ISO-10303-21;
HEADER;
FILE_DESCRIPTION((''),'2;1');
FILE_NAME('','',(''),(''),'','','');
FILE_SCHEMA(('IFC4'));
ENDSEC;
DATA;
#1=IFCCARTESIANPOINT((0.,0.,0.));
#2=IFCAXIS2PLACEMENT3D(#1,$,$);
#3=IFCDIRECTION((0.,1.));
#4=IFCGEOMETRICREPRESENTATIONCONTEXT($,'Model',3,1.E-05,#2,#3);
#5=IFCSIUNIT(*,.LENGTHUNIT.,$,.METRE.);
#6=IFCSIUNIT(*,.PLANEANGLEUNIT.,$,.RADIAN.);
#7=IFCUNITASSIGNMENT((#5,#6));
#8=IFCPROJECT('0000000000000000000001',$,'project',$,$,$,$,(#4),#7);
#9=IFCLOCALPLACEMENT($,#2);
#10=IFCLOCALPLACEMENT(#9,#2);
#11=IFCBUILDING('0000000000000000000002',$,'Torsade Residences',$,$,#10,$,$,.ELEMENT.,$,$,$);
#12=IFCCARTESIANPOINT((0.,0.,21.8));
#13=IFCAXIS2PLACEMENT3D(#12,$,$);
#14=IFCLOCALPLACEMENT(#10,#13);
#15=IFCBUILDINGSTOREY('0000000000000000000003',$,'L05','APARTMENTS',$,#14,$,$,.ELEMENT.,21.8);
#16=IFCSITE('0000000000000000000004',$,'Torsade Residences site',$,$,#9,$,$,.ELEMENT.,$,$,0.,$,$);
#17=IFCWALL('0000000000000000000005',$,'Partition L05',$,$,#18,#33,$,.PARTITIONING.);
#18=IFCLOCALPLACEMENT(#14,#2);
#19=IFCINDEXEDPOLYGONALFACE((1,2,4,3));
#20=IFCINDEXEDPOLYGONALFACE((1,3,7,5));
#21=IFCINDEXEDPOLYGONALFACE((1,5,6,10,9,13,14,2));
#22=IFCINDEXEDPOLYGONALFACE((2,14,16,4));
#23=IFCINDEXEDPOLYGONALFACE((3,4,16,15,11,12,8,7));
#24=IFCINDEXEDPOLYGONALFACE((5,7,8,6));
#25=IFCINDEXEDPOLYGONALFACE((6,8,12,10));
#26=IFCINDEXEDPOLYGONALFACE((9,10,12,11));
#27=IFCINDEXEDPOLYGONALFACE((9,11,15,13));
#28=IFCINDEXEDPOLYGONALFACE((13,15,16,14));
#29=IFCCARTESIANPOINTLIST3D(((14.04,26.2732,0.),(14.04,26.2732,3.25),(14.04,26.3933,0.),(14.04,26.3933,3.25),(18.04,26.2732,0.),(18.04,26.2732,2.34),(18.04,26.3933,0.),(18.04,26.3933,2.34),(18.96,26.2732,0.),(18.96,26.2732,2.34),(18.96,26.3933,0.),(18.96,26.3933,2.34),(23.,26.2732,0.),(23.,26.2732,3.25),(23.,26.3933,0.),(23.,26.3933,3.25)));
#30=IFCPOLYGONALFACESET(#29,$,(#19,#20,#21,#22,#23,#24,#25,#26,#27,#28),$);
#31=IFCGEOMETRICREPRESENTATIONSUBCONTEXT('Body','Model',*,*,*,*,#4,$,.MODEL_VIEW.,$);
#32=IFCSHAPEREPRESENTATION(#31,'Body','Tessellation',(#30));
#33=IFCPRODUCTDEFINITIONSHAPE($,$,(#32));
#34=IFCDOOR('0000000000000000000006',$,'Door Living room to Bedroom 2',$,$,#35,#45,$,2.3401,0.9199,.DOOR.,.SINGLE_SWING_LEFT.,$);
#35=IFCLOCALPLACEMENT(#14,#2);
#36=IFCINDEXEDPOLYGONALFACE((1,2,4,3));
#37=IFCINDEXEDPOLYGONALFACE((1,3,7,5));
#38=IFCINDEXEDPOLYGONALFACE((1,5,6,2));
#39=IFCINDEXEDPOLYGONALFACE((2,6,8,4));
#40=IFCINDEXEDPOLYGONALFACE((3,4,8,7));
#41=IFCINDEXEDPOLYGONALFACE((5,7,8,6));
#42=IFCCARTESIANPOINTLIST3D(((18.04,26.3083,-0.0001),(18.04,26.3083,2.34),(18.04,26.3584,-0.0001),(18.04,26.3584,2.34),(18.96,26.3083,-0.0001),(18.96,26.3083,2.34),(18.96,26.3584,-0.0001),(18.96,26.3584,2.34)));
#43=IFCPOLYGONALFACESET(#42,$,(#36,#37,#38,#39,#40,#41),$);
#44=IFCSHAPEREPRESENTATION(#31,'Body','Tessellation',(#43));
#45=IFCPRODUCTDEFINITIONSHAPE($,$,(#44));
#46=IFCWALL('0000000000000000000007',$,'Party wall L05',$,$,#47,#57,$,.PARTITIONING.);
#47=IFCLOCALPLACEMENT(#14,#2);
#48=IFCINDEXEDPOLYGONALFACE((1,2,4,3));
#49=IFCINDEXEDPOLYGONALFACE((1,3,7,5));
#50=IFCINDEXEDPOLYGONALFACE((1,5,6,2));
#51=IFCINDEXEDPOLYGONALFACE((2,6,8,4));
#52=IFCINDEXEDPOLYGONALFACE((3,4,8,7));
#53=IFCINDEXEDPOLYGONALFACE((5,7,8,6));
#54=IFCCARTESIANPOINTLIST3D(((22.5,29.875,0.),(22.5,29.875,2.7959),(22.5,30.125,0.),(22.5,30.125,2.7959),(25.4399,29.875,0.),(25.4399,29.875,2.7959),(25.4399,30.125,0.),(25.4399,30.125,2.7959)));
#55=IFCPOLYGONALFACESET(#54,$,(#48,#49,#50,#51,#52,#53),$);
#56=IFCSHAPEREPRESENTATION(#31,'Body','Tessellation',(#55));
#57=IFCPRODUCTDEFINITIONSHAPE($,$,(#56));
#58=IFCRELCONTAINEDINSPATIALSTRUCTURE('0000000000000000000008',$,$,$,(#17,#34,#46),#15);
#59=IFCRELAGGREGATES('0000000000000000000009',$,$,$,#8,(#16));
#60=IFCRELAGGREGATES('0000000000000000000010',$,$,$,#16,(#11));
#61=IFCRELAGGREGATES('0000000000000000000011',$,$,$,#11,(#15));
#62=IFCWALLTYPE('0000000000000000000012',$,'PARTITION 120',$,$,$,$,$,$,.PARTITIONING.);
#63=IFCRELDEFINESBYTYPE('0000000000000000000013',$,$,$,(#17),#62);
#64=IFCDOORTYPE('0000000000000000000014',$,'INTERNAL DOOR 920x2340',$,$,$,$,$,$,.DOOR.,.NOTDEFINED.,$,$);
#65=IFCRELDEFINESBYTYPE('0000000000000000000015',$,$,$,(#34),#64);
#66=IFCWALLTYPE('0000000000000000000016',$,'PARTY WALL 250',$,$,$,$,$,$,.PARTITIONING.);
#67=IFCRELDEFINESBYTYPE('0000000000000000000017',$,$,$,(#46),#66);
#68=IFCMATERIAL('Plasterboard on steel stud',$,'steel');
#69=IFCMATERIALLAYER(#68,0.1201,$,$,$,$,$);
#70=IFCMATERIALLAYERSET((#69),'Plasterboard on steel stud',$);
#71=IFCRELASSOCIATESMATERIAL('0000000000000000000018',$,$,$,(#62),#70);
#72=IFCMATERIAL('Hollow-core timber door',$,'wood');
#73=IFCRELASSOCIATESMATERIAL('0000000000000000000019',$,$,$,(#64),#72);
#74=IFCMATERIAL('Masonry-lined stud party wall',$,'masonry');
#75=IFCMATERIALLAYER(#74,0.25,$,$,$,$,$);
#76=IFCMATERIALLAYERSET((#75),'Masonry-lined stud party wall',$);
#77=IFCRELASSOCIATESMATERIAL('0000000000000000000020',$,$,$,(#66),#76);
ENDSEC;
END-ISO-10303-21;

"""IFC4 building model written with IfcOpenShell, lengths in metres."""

from ifc_helpers import new_model, si_unit, direction, frame, frame_2d, origin, place, context, subcontext, project, spatial, rectangle, extrude, material, layer, layer_set, type_object, element, fill, save


model = new_model("IFC4")

# Units and contexts
model_context = context("Model", 3, precision=1e-05, world=origin(), true_north=direction((0.0, 1.0)))
body_context = subcontext(model_context, "Body", "Model", "MODEL_VIEW")
ifc_project = project(units=[si_unit("LENGTHUNIT", "METRE"), si_unit("PLANEANGLEUNIT", "RADIAN")], contexts=[model_context])

# Site, building, storey
site_placement = place(None, origin())
site = spatial("IfcSite", under=ifc_project, at=site_placement, Name="Torsade Residences site", CompositionType="ELEMENT", RefElevation=0.0)
building_placement = place(site_placement, origin())
building = spatial("IfcBuilding", under=site, at=building_placement, Name="Torsade Residences", CompositionType="ELEMENT")
storey_placement = place(building_placement, frame((0.0, 0.0, 21.8)))
storey = spatial("IfcBuildingStorey", under=building, at=storey_placement, Name="L05", Description="APARTMENTS", CompositionType="ELEMENT", Elevation=21.8)

# Shared definitions
ifc_material_1 = material(Name="Plasterboard on steel stud", Category="steel")
ifc_layer_1 = layer(ifc_material_1, 0.1201)
ifc_layer_set_1 = layer_set([ifc_layer_1], Name="Plasterboard on steel stud")
wall_type_1 = type_object("IfcWallType", Name="PARTITION 120", PredefinedType="PARTITIONING", material=ifc_layer_set_1)

# Shared definitions
ifc_material_2 = material(Name="Hollow-core timber door", Category="wood")
door_type_1 = type_object("IfcDoorType", Name="INTERNAL DOOR 920x2340", OperationType="NOTDEFINED", PredefinedType="DOOR", material=ifc_material_2)

# Wall, opening, door
wall_1_placement = place(storey_placement, frame((23.0, 26.3333, 0.0), z_axis=(0.0, 0.0, 1.0), x_axis=(-1.0, 0.0, 0.0)))
wall_1 = element("IfcWall", 1, at=wall_1_placement, inside=storey, type_object=wall_type_1, Name="Partition L05", PredefinedType="PARTITIONING", context=body_context, shape_type="SweptSolid", body=[
    extrude(rectangle(XDim=8.96, YDim=0.1201, at=frame_2d((4.48, 0.0))), origin(), (0.0, 0.0, 1.0), 3.25),
])
opening_1_placement = place(wall_1_placement, frame((4.04, 0.0, 0.0)))
opening_1 = element("IfcOpeningElement", 2, at=opening_1_placement, cuts=wall_1, PredefinedType="OPENING", context=body_context, shape_type="SweptSolid", body=[
    extrude(rectangle(XDim=0.9199, YDim=2.3401, at=frame_2d((0.46, 1.1699))), frame((0.0, 0.0701, 0.0), z_axis=(0.0, -1.0, 0.0), x_axis=(1.0, 0.0, 0.0)), (0.0, 0.0, 1.0), 0.1401),
])
door_1_placement = place(opening_1_placement, origin())
door_1 = element("IfcDoor", 3, at=door_1_placement, inside=storey, type_object=door_type_1, Name="Door Living room to Bedroom 2", OperationType="SINGLE_SWING_LEFT", OverallHeight=2.3401, OverallWidth=0.9199, PredefinedType="DOOR", context=body_context, shape_type="SweptSolid", body=[
    extrude(rectangle(XDim=0.9199, YDim=2.3401, at=frame_2d((0.46, 1.1699))), frame((0.0, 0.0249, 0.0), z_axis=(0.0, -1.0, 0.0), x_axis=(1.0, 0.0, 0.0)), (0.0, 0.0, 1.0), 0.05),
])
fill(opening_1, door_1)

# Wall
ifc_material_3 = material(Name="Masonry-lined stud party wall", Category="masonry")
ifc_layer_2 = layer(ifc_material_3, 0.25)
ifc_layer_set_2 = layer_set([ifc_layer_2], Name="Masonry-lined stud party wall")
wall_type_2 = type_object("IfcWallType", Name="PARTY WALL 250", PredefinedType="PARTITIONING", material=ifc_layer_set_2)
wall_2_placement = place(storey_placement, frame((22.5, 30.0, 0.0), z_axis=(0.0, 0.0, 1.0), x_axis=(1.0, 0.0, 0.0)))
element("IfcWall", 4, at=wall_2_placement, inside=storey, type_object=wall_type_2, Name="Party wall L05", PredefinedType="PARTITIONING", context=body_context, shape_type="SweptSolid", body=[
    extrude(rectangle(XDim=2.9399, YDim=0.25, at=frame_2d((1.47, 0.0))), origin(), (0.0, 0.0, 1.0), 2.7959),
])

save(model, "model.ifc")
